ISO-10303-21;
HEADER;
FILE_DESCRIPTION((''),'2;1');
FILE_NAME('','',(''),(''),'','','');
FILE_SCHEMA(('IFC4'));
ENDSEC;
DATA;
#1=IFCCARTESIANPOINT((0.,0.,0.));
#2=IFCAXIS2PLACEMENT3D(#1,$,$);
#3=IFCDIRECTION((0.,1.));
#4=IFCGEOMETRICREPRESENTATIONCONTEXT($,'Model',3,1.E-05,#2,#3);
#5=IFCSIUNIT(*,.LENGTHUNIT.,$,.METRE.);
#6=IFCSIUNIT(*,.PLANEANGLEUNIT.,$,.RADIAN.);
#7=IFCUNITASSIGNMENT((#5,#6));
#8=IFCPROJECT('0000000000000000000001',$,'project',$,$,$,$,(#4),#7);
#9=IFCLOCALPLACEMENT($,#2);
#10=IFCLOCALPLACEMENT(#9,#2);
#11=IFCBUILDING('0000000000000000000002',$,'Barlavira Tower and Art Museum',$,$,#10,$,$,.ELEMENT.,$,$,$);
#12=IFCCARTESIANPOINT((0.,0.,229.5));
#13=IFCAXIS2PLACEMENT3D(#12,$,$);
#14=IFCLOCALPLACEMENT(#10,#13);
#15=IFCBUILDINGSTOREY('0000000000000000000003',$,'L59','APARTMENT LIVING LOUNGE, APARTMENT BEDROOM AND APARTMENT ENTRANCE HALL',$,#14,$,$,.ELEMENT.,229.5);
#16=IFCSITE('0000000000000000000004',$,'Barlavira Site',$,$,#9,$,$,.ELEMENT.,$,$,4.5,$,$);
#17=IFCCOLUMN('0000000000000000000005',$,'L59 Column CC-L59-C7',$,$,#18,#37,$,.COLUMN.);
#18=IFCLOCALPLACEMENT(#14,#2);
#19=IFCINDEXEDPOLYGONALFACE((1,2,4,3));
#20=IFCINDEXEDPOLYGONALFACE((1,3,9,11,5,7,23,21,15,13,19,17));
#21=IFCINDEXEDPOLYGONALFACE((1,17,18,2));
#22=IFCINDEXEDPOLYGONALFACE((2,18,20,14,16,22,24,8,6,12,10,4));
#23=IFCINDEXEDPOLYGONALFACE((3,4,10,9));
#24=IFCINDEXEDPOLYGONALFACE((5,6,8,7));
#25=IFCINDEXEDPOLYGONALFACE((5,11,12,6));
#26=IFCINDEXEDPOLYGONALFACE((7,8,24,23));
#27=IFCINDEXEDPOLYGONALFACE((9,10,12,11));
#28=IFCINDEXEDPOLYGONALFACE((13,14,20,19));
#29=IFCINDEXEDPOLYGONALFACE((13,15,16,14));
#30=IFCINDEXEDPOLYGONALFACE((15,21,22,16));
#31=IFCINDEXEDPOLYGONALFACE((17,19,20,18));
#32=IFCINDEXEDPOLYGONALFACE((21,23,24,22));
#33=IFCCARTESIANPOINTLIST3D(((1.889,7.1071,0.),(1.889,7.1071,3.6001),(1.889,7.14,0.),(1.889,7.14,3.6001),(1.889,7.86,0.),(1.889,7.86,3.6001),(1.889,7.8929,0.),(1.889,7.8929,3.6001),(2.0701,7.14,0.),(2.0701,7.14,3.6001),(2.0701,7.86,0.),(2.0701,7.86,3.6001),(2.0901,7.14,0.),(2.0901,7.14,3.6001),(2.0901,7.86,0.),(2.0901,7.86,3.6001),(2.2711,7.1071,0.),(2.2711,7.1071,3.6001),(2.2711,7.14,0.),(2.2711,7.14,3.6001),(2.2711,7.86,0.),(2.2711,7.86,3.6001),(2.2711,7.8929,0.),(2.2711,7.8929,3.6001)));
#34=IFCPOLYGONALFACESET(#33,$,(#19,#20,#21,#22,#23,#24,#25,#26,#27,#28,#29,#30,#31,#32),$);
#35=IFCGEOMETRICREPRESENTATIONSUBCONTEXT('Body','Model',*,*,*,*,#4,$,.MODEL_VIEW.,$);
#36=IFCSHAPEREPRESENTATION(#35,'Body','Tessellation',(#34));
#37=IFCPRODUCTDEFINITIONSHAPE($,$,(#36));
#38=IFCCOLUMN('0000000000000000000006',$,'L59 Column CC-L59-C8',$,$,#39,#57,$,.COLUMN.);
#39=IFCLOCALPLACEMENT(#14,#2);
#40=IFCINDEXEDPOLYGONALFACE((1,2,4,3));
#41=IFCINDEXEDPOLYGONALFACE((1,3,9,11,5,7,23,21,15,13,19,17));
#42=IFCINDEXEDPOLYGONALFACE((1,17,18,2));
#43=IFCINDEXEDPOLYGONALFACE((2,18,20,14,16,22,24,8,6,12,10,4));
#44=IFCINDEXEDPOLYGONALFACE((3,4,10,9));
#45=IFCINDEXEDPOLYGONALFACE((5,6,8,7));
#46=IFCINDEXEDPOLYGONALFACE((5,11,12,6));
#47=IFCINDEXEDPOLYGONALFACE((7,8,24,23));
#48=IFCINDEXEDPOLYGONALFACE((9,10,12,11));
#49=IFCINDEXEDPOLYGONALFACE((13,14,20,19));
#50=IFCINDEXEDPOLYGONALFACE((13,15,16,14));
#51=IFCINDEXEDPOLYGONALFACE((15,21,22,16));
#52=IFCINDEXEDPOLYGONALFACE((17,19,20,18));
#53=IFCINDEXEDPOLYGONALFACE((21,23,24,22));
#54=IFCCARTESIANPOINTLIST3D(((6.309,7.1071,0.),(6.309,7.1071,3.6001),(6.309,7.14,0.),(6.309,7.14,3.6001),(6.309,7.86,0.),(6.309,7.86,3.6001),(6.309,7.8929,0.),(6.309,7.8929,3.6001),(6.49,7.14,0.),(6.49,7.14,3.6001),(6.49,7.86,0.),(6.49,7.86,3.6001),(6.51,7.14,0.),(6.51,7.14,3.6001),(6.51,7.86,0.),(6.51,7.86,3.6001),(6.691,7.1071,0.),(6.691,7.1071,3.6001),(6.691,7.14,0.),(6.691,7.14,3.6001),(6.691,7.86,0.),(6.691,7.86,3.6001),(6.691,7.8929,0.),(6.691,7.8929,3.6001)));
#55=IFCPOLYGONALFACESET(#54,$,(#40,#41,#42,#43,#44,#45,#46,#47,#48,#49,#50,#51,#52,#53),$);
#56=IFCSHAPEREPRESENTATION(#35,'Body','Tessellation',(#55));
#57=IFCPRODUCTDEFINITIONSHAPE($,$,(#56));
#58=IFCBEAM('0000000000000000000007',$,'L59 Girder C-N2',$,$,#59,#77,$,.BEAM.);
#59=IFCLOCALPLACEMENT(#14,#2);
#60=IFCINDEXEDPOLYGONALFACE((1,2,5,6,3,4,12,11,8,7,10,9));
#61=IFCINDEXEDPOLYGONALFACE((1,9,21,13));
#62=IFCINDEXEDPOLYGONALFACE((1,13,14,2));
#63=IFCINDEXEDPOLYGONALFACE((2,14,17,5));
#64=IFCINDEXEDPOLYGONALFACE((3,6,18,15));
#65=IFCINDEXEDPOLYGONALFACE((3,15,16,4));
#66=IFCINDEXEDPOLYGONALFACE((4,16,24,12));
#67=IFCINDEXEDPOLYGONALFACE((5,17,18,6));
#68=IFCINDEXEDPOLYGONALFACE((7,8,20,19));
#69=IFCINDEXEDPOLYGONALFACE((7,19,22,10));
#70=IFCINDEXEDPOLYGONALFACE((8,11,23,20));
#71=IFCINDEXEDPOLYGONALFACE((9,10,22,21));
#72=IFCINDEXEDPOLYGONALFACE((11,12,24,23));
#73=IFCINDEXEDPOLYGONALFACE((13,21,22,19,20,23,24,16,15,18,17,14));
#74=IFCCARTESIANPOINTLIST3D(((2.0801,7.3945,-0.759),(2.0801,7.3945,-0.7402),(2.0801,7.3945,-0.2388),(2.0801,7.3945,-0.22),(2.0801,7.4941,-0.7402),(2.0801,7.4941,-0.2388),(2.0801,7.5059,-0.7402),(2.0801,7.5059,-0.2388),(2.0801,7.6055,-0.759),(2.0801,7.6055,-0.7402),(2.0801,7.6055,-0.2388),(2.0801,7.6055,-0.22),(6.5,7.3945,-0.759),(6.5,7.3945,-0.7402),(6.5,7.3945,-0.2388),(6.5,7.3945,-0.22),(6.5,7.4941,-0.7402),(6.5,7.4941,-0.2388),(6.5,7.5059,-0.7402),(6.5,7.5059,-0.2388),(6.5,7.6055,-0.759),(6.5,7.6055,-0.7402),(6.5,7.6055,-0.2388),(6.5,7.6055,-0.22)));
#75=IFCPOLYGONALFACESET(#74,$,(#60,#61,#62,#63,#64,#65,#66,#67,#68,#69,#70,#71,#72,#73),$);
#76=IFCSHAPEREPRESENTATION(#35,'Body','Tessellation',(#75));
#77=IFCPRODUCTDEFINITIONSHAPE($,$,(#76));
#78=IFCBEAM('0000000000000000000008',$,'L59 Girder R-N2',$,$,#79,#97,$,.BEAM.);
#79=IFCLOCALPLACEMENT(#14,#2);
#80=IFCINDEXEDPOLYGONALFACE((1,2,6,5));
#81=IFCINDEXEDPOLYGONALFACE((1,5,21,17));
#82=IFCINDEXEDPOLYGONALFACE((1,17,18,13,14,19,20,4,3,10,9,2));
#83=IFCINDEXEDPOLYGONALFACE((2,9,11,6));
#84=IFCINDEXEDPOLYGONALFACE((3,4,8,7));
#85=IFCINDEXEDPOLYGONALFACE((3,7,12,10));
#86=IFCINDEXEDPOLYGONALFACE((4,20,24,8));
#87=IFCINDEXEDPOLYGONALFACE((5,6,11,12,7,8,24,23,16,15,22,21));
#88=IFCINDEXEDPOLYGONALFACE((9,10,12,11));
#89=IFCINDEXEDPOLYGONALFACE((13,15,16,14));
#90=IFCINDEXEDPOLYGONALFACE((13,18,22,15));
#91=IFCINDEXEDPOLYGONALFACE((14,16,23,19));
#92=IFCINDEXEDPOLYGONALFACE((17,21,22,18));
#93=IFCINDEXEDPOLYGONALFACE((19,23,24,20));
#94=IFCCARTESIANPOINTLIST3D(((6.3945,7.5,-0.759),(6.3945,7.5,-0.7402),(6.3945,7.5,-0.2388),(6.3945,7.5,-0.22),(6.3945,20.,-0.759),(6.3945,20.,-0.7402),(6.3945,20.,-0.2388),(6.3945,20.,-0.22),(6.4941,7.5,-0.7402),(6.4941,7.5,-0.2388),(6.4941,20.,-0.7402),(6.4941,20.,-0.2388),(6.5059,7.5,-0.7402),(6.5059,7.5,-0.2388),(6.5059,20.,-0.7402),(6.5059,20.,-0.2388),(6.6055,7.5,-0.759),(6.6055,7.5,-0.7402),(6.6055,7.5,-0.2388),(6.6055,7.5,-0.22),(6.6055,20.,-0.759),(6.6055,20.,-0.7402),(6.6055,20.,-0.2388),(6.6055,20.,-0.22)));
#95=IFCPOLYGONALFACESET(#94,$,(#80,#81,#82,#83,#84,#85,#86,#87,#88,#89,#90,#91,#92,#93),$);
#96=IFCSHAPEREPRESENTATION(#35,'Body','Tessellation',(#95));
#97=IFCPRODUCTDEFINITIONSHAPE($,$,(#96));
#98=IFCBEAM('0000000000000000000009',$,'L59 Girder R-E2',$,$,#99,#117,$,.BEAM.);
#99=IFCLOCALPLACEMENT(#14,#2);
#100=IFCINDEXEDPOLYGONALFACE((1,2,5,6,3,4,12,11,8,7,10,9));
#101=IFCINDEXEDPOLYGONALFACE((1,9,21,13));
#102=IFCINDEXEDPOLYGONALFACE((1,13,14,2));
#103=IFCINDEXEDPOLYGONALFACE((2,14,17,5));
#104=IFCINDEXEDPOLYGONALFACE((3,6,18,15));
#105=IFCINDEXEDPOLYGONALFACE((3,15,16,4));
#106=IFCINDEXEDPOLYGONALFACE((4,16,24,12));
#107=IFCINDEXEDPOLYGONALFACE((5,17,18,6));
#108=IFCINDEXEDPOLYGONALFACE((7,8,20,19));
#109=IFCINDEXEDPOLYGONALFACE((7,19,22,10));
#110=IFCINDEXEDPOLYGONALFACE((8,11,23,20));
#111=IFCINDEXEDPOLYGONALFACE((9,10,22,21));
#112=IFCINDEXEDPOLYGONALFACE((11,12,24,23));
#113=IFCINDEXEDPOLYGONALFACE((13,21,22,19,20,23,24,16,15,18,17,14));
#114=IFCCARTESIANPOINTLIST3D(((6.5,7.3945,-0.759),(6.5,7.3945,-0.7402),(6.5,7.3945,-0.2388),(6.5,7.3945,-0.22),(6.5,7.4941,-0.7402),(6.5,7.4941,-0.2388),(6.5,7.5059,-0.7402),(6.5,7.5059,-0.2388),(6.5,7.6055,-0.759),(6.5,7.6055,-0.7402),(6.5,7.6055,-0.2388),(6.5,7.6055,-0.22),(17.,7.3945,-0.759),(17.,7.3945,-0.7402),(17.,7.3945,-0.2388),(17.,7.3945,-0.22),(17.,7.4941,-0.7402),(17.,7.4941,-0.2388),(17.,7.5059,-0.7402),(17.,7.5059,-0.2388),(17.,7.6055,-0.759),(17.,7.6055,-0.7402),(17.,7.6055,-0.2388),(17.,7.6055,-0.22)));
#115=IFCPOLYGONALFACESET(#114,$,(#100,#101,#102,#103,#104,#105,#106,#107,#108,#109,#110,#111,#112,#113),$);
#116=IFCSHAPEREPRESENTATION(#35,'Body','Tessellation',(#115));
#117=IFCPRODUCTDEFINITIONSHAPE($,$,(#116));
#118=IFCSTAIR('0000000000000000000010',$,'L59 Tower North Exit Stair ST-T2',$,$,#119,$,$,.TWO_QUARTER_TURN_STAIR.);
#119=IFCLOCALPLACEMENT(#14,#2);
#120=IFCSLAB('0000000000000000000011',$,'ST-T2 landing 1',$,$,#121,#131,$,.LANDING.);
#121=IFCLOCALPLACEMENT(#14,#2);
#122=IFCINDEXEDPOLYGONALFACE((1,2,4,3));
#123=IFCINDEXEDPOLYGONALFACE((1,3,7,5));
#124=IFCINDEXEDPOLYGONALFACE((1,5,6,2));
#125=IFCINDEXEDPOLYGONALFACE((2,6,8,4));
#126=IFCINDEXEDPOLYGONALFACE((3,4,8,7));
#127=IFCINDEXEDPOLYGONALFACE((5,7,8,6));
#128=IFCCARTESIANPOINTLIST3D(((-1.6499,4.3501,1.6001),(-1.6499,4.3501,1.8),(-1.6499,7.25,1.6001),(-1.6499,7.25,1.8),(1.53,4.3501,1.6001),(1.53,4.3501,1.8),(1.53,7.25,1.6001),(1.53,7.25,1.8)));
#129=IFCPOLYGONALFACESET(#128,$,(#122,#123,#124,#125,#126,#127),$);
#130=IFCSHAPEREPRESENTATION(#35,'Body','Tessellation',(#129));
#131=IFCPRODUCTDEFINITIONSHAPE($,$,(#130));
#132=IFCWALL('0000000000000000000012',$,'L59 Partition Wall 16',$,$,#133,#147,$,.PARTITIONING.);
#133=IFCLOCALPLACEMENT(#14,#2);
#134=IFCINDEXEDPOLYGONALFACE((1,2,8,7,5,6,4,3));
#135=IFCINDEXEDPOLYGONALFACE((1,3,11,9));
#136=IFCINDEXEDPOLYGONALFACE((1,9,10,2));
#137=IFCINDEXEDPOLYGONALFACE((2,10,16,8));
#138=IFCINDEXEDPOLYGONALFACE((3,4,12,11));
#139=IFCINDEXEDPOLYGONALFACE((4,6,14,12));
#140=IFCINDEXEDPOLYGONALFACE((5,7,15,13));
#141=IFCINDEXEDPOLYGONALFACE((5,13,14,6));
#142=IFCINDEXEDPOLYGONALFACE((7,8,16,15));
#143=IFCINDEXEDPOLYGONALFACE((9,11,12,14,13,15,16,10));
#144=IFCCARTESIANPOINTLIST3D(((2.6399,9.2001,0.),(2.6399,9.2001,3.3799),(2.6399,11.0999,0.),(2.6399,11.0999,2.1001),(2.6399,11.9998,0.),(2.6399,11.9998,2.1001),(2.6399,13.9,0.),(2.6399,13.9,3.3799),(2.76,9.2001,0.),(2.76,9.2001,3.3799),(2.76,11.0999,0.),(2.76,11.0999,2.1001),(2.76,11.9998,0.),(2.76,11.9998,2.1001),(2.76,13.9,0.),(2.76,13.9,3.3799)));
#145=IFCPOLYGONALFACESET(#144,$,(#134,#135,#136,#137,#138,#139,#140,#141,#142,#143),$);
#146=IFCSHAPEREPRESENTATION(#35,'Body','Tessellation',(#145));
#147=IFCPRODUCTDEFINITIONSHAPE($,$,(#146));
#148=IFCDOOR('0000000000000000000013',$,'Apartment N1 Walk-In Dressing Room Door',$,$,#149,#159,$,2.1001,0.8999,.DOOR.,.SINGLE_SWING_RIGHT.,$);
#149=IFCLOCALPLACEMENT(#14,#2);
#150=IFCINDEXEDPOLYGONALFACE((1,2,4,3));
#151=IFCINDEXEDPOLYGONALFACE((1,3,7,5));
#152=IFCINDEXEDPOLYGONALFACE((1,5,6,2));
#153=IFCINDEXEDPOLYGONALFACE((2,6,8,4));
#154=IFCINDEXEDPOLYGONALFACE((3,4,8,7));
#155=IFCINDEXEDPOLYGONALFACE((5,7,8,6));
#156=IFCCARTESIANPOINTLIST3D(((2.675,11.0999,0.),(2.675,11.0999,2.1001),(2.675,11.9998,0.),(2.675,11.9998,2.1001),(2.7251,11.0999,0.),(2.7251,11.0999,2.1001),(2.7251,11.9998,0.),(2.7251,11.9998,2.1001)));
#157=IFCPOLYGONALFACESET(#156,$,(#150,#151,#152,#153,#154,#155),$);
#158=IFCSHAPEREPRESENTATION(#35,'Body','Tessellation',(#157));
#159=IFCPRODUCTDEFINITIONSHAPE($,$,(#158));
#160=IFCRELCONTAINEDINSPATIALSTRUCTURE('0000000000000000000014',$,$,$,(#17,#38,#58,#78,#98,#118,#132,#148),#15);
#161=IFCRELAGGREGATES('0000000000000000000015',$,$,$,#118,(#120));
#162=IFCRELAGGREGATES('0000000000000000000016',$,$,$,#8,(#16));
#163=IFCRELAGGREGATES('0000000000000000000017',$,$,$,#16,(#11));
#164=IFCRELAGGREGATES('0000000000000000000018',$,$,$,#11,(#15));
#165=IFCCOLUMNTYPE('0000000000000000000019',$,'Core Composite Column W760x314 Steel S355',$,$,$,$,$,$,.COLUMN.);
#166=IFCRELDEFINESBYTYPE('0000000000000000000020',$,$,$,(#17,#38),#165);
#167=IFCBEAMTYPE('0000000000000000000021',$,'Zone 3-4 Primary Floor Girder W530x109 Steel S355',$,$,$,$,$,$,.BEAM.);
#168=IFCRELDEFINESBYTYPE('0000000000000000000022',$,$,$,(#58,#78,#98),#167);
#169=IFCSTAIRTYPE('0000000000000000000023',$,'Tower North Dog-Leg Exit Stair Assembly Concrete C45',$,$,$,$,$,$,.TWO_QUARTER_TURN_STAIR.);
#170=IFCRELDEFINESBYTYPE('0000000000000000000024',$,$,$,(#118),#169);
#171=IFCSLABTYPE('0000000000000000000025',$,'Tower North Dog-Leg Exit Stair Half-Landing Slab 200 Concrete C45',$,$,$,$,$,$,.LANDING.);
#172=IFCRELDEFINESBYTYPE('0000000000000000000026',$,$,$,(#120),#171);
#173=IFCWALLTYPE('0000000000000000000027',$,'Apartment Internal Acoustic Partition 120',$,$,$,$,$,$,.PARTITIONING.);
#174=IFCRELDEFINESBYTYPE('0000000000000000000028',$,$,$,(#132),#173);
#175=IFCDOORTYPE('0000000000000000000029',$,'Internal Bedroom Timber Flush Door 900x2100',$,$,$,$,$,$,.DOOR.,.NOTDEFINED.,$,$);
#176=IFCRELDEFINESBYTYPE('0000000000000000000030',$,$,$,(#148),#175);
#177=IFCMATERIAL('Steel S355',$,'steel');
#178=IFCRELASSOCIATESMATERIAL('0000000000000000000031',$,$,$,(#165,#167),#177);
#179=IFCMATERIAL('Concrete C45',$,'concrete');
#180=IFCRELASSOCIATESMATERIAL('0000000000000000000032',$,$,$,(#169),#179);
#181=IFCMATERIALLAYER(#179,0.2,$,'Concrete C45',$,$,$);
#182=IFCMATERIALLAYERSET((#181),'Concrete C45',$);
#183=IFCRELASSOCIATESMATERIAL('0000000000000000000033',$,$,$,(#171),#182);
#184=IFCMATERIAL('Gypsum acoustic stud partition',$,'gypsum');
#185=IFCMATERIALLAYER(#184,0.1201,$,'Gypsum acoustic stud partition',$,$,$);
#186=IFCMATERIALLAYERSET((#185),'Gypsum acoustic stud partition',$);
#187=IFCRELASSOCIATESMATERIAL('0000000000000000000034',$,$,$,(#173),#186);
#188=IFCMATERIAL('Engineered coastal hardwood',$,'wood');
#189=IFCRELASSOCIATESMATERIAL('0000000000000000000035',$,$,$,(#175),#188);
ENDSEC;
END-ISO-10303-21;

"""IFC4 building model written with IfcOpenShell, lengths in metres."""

from ifc_helpers import new_model, si_unit, direction, frame, frame_2d, origin, origin_2d, place, context, subcontext, project, spatial, polyline, rectangle, i_section, outline, extrude, material, layer, layer_set, material_profile, profile_set, type_object, element, fill, aggregate, save


model = new_model("IFC4")

# Units and contexts
model_context = context("Model", 3, precision=1e-05, world=origin(), true_north=direction((0.0, 1.0)))
body_context = subcontext(model_context, "Body", "Model", "MODEL_VIEW")
ifc_project = project(units=[si_unit("LENGTHUNIT", "METRE"), si_unit("PLANEANGLEUNIT", "RADIAN")], contexts=[model_context])

# Site, building, storey
site_placement = place(None, origin())
site = spatial("IfcSite", under=ifc_project, at=site_placement, Name="Barlavira Site", CompositionType="ELEMENT", RefElevation=4.5)
building_placement = place(site_placement, origin())
building = spatial("IfcBuilding", under=site, at=building_placement, Name="Barlavira Tower and Art Museum", CompositionType="ELEMENT")
storey_placement = place(building_placement, frame((0.0, 0.0, 229.5)))
storey = spatial("IfcBuildingStorey", under=building, at=storey_placement, Name="L59", Description="APARTMENT LIVING LOUNGE, APARTMENT BEDROOM AND APARTMENT ENTRANCE HALL", CompositionType="ELEMENT", Elevation=229.5)

# Columns
ifc_material_1 = material(Name="Steel S355", Category="steel")
ifc_material_profile_1 = material_profile(ifc_material_1, i_section(OverallWidth=0.3821, OverallDepth=0.7859, WebThickness=0.02, FlangeThickness=0.033, at=origin_2d()), Name="W760x314.0")
ifc_profile_set_1 = profile_set([ifc_material_profile_1], Name="Steel S355")
column_type = type_object("IfcColumnType", Name="Core Composite Column W760x314 Steel S355", PredefinedType="COLUMN", material=ifc_profile_set_1)
for number, where, z_axis, x_axis, name in (
    (1, (2.0801, 7.5, 0.0), (0.0, 0.0, 1.0), (1.0, 0.0, 0.0), "L59 Column CC-L59-C7"),
    (2, (6.5, 7.5, 0.0), (0.0, 0.0, 1.0), (1.0, 0.0, 0.0), "L59 Column CC-L59-C8"),
):
    element("IfcColumn", number, at=place(storey_placement, frame(where, z_axis=z_axis, x_axis=x_axis)), inside=storey, type_object=column_type, Name=name, PredefinedType="COLUMN", context=body_context, shape_type="SweptSolid", body=[
        extrude(i_section(OverallWidth=0.3821, OverallDepth=0.7859, WebThickness=0.02, FlangeThickness=0.033, at=origin_2d()), origin(), (0.0, 0.0, 1.0), 3.6001),
    ])

# Beams
ifc_material_profile_2 = material_profile(ifc_material_1, i_section(OverallWidth=0.2109, OverallDepth=0.5391, WebThickness=0.0117, FlangeThickness=0.0188, at=origin_2d()), Name="W530x109.0")
ifc_profile_set_2 = profile_set([ifc_material_profile_2], Name="Steel S355")
beam_type = type_object("IfcBeamType", Name="Zone 3-4 Primary Floor Girder W530x109 Steel S355", PredefinedType="BEAM", material=ifc_profile_set_2)
beam_1_placement = place(storey_placement, frame((2.0801, 7.5, -0.4895), z_axis=(1.0, 0.0, 0.0), x_axis=(0.0, 1.0, 0.0)))
element("IfcBeam", 3, at=beam_1_placement, inside=storey, type_object=beam_type, Name="L59 Girder C-N2", PredefinedType="BEAM", context=body_context, shape_type="SweptSolid", body=[
    extrude(i_section(OverallWidth=0.2109, OverallDepth=0.5391, WebThickness=0.0117, FlangeThickness=0.0188, at=origin_2d()), origin(), (0.0, 0.0, 1.0), 4.4199),
])
beam_2_placement = place(storey_placement, frame((6.5, 7.5, -0.4895), z_axis=(0.0, 1.0, 0.0), x_axis=(-1.0, 0.0, 0.0)))
element("IfcBeam", 4, at=beam_2_placement, inside=storey, type_object=beam_type, Name="L59 Girder R-N2", PredefinedType="BEAM", context=body_context, shape_type="SweptSolid", body=[
    extrude(i_section(OverallWidth=0.2109, OverallDepth=0.5391, WebThickness=0.0117, FlangeThickness=0.0188, at=origin_2d()), origin(), (0.0, 0.0, 1.0), 12.5),
])
beam_3_placement = place(storey_placement, frame((6.5, 7.5, -0.4895), z_axis=(1.0, 0.0, 0.0), x_axis=(0.0, 1.0, 0.0)))
element("IfcBeam", 5, at=beam_3_placement, inside=storey, type_object=beam_type, Name="L59 Girder R-E2", PredefinedType="BEAM", context=body_context, shape_type="SweptSolid", body=[
    extrude(i_section(OverallWidth=0.2109, OverallDepth=0.5391, WebThickness=0.0117, FlangeThickness=0.0188, at=origin_2d()), origin(), (0.0, 0.0, 1.0), 10.5),
])

# Stair, slab
ifc_material_2 = material(Name="Concrete C45", Category="concrete")
stair_type = type_object("IfcStairType", Name="Tower North Dog-Leg Exit Stair Assembly Concrete C45", PredefinedType="TWO_QUARTER_TURN_STAIR", material=ifc_material_2)
stair_placement = place(storey_placement, origin())
stair = element("IfcStair", 6, at=stair_placement, inside=storey, type_object=stair_type, Name="L59 Tower North Exit Stair ST-T2", PredefinedType="TWO_QUARTER_TURN_STAIR")
ifc_layer_1 = layer(ifc_material_2, 0.2, Name="Concrete C45")
ifc_layer_set_1 = layer_set([ifc_layer_1], Name="Concrete C45")
slab_type = type_object("IfcSlabType", Name="Tower North Dog-Leg Exit Stair Half-Landing Slab 200 Concrete C45", PredefinedType="LANDING", material=ifc_layer_set_1)
slab_placement = place(storey_placement, frame((0.0, 0.0, 1.6001)))
slab = element("IfcSlab", 7, at=slab_placement, type_object=slab_type, Name="ST-T2 landing 1", PredefinedType="LANDING", context=body_context, shape_type="SweptSolid", body=[
    extrude(outline(polyline([(-1.6499, 4.3501), (1.53, 4.3501), (1.53, 7.25), (-1.6499, 7.25), (-1.6499, 4.3501)])), origin(), (0.0, 0.0, 1.0), 0.2),
])
aggregate(stair, [slab])

# Wall, opening, door
ifc_material_3 = material(Name="Gypsum acoustic stud partition", Category="gypsum")
ifc_layer_2 = layer(ifc_material_3, 0.1201, Name="Gypsum acoustic stud partition")
ifc_layer_set_2 = layer_set([ifc_layer_2], Name="Gypsum acoustic stud partition")
wall_type_1 = type_object("IfcWallType", Name="Apartment Internal Acoustic Partition 120", PredefinedType="PARTITIONING", material=ifc_layer_set_2)
wall_1_placement = place(storey_placement, frame((2.7, 9.2, 0.0), z_axis=(0.0, 0.0, 1.0), x_axis=(0.0, 1.0, 0.0)))
wall_1 = element("IfcWall", 8, at=wall_1_placement, inside=storey, type_object=wall_type_1, Name="L59 Partition Wall 16", PredefinedType="PARTITIONING", context=body_context, shape_type="SweptSolid", body=[
    extrude(rectangle(XDim=4.7, YDim=0.1201, at=frame_2d((2.3501, 0.0))), origin(), (0.0, 0.0, 1.0), 3.3799),
])
opening_1_placement = place(wall_1_placement, frame((1.8999, 0.0, 0.0)))
opening_1 = element("IfcOpeningElement", 9, at=opening_1_placement, cuts=wall_1, PredefinedType="OPENING", context=body_context, shape_type="SweptSolid", body=[
    extrude(rectangle(XDim=0.8999, YDim=2.1001, at=frame_2d((0.45, 1.05))), frame((0.0, 0.0701, 0.0), z_axis=(0.0, -1.0, 0.0), x_axis=(1.0, 0.0, 0.0)), (0.0, 0.0, 1.0), 0.1401),
])
ifc_material_4 = material(Name="Engineered coastal hardwood", Category="wood")
door_type_1 = type_object("IfcDoorType", Name="Internal Bedroom Timber Flush Door 900x2100", OperationType="NOTDEFINED", PredefinedType="DOOR", material=ifc_material_4)
door_1_placement = place(opening_1_placement, origin())
door_1 = element("IfcDoor", 10, at=door_1_placement, inside=storey, type_object=door_type_1, Name="Apartment N1 Walk-In Dressing Room Door", OperationType="SINGLE_SWING_RIGHT", OverallHeight=2.1001, OverallWidth=0.8999, PredefinedType="DOOR", context=body_context, shape_type="SweptSolid", body=[
    extrude(rectangle(XDim=0.8999, YDim=2.1001, at=frame_2d((0.45, 1.05))), frame((0.0, 0.0249, 0.0), z_axis=(0.0, -1.0, 0.0), x_axis=(1.0, 0.0, 0.0)), (0.0, 0.0, 1.0), 0.05),
])
fill(opening_1, door_1)

save(model, "model.ifc")
